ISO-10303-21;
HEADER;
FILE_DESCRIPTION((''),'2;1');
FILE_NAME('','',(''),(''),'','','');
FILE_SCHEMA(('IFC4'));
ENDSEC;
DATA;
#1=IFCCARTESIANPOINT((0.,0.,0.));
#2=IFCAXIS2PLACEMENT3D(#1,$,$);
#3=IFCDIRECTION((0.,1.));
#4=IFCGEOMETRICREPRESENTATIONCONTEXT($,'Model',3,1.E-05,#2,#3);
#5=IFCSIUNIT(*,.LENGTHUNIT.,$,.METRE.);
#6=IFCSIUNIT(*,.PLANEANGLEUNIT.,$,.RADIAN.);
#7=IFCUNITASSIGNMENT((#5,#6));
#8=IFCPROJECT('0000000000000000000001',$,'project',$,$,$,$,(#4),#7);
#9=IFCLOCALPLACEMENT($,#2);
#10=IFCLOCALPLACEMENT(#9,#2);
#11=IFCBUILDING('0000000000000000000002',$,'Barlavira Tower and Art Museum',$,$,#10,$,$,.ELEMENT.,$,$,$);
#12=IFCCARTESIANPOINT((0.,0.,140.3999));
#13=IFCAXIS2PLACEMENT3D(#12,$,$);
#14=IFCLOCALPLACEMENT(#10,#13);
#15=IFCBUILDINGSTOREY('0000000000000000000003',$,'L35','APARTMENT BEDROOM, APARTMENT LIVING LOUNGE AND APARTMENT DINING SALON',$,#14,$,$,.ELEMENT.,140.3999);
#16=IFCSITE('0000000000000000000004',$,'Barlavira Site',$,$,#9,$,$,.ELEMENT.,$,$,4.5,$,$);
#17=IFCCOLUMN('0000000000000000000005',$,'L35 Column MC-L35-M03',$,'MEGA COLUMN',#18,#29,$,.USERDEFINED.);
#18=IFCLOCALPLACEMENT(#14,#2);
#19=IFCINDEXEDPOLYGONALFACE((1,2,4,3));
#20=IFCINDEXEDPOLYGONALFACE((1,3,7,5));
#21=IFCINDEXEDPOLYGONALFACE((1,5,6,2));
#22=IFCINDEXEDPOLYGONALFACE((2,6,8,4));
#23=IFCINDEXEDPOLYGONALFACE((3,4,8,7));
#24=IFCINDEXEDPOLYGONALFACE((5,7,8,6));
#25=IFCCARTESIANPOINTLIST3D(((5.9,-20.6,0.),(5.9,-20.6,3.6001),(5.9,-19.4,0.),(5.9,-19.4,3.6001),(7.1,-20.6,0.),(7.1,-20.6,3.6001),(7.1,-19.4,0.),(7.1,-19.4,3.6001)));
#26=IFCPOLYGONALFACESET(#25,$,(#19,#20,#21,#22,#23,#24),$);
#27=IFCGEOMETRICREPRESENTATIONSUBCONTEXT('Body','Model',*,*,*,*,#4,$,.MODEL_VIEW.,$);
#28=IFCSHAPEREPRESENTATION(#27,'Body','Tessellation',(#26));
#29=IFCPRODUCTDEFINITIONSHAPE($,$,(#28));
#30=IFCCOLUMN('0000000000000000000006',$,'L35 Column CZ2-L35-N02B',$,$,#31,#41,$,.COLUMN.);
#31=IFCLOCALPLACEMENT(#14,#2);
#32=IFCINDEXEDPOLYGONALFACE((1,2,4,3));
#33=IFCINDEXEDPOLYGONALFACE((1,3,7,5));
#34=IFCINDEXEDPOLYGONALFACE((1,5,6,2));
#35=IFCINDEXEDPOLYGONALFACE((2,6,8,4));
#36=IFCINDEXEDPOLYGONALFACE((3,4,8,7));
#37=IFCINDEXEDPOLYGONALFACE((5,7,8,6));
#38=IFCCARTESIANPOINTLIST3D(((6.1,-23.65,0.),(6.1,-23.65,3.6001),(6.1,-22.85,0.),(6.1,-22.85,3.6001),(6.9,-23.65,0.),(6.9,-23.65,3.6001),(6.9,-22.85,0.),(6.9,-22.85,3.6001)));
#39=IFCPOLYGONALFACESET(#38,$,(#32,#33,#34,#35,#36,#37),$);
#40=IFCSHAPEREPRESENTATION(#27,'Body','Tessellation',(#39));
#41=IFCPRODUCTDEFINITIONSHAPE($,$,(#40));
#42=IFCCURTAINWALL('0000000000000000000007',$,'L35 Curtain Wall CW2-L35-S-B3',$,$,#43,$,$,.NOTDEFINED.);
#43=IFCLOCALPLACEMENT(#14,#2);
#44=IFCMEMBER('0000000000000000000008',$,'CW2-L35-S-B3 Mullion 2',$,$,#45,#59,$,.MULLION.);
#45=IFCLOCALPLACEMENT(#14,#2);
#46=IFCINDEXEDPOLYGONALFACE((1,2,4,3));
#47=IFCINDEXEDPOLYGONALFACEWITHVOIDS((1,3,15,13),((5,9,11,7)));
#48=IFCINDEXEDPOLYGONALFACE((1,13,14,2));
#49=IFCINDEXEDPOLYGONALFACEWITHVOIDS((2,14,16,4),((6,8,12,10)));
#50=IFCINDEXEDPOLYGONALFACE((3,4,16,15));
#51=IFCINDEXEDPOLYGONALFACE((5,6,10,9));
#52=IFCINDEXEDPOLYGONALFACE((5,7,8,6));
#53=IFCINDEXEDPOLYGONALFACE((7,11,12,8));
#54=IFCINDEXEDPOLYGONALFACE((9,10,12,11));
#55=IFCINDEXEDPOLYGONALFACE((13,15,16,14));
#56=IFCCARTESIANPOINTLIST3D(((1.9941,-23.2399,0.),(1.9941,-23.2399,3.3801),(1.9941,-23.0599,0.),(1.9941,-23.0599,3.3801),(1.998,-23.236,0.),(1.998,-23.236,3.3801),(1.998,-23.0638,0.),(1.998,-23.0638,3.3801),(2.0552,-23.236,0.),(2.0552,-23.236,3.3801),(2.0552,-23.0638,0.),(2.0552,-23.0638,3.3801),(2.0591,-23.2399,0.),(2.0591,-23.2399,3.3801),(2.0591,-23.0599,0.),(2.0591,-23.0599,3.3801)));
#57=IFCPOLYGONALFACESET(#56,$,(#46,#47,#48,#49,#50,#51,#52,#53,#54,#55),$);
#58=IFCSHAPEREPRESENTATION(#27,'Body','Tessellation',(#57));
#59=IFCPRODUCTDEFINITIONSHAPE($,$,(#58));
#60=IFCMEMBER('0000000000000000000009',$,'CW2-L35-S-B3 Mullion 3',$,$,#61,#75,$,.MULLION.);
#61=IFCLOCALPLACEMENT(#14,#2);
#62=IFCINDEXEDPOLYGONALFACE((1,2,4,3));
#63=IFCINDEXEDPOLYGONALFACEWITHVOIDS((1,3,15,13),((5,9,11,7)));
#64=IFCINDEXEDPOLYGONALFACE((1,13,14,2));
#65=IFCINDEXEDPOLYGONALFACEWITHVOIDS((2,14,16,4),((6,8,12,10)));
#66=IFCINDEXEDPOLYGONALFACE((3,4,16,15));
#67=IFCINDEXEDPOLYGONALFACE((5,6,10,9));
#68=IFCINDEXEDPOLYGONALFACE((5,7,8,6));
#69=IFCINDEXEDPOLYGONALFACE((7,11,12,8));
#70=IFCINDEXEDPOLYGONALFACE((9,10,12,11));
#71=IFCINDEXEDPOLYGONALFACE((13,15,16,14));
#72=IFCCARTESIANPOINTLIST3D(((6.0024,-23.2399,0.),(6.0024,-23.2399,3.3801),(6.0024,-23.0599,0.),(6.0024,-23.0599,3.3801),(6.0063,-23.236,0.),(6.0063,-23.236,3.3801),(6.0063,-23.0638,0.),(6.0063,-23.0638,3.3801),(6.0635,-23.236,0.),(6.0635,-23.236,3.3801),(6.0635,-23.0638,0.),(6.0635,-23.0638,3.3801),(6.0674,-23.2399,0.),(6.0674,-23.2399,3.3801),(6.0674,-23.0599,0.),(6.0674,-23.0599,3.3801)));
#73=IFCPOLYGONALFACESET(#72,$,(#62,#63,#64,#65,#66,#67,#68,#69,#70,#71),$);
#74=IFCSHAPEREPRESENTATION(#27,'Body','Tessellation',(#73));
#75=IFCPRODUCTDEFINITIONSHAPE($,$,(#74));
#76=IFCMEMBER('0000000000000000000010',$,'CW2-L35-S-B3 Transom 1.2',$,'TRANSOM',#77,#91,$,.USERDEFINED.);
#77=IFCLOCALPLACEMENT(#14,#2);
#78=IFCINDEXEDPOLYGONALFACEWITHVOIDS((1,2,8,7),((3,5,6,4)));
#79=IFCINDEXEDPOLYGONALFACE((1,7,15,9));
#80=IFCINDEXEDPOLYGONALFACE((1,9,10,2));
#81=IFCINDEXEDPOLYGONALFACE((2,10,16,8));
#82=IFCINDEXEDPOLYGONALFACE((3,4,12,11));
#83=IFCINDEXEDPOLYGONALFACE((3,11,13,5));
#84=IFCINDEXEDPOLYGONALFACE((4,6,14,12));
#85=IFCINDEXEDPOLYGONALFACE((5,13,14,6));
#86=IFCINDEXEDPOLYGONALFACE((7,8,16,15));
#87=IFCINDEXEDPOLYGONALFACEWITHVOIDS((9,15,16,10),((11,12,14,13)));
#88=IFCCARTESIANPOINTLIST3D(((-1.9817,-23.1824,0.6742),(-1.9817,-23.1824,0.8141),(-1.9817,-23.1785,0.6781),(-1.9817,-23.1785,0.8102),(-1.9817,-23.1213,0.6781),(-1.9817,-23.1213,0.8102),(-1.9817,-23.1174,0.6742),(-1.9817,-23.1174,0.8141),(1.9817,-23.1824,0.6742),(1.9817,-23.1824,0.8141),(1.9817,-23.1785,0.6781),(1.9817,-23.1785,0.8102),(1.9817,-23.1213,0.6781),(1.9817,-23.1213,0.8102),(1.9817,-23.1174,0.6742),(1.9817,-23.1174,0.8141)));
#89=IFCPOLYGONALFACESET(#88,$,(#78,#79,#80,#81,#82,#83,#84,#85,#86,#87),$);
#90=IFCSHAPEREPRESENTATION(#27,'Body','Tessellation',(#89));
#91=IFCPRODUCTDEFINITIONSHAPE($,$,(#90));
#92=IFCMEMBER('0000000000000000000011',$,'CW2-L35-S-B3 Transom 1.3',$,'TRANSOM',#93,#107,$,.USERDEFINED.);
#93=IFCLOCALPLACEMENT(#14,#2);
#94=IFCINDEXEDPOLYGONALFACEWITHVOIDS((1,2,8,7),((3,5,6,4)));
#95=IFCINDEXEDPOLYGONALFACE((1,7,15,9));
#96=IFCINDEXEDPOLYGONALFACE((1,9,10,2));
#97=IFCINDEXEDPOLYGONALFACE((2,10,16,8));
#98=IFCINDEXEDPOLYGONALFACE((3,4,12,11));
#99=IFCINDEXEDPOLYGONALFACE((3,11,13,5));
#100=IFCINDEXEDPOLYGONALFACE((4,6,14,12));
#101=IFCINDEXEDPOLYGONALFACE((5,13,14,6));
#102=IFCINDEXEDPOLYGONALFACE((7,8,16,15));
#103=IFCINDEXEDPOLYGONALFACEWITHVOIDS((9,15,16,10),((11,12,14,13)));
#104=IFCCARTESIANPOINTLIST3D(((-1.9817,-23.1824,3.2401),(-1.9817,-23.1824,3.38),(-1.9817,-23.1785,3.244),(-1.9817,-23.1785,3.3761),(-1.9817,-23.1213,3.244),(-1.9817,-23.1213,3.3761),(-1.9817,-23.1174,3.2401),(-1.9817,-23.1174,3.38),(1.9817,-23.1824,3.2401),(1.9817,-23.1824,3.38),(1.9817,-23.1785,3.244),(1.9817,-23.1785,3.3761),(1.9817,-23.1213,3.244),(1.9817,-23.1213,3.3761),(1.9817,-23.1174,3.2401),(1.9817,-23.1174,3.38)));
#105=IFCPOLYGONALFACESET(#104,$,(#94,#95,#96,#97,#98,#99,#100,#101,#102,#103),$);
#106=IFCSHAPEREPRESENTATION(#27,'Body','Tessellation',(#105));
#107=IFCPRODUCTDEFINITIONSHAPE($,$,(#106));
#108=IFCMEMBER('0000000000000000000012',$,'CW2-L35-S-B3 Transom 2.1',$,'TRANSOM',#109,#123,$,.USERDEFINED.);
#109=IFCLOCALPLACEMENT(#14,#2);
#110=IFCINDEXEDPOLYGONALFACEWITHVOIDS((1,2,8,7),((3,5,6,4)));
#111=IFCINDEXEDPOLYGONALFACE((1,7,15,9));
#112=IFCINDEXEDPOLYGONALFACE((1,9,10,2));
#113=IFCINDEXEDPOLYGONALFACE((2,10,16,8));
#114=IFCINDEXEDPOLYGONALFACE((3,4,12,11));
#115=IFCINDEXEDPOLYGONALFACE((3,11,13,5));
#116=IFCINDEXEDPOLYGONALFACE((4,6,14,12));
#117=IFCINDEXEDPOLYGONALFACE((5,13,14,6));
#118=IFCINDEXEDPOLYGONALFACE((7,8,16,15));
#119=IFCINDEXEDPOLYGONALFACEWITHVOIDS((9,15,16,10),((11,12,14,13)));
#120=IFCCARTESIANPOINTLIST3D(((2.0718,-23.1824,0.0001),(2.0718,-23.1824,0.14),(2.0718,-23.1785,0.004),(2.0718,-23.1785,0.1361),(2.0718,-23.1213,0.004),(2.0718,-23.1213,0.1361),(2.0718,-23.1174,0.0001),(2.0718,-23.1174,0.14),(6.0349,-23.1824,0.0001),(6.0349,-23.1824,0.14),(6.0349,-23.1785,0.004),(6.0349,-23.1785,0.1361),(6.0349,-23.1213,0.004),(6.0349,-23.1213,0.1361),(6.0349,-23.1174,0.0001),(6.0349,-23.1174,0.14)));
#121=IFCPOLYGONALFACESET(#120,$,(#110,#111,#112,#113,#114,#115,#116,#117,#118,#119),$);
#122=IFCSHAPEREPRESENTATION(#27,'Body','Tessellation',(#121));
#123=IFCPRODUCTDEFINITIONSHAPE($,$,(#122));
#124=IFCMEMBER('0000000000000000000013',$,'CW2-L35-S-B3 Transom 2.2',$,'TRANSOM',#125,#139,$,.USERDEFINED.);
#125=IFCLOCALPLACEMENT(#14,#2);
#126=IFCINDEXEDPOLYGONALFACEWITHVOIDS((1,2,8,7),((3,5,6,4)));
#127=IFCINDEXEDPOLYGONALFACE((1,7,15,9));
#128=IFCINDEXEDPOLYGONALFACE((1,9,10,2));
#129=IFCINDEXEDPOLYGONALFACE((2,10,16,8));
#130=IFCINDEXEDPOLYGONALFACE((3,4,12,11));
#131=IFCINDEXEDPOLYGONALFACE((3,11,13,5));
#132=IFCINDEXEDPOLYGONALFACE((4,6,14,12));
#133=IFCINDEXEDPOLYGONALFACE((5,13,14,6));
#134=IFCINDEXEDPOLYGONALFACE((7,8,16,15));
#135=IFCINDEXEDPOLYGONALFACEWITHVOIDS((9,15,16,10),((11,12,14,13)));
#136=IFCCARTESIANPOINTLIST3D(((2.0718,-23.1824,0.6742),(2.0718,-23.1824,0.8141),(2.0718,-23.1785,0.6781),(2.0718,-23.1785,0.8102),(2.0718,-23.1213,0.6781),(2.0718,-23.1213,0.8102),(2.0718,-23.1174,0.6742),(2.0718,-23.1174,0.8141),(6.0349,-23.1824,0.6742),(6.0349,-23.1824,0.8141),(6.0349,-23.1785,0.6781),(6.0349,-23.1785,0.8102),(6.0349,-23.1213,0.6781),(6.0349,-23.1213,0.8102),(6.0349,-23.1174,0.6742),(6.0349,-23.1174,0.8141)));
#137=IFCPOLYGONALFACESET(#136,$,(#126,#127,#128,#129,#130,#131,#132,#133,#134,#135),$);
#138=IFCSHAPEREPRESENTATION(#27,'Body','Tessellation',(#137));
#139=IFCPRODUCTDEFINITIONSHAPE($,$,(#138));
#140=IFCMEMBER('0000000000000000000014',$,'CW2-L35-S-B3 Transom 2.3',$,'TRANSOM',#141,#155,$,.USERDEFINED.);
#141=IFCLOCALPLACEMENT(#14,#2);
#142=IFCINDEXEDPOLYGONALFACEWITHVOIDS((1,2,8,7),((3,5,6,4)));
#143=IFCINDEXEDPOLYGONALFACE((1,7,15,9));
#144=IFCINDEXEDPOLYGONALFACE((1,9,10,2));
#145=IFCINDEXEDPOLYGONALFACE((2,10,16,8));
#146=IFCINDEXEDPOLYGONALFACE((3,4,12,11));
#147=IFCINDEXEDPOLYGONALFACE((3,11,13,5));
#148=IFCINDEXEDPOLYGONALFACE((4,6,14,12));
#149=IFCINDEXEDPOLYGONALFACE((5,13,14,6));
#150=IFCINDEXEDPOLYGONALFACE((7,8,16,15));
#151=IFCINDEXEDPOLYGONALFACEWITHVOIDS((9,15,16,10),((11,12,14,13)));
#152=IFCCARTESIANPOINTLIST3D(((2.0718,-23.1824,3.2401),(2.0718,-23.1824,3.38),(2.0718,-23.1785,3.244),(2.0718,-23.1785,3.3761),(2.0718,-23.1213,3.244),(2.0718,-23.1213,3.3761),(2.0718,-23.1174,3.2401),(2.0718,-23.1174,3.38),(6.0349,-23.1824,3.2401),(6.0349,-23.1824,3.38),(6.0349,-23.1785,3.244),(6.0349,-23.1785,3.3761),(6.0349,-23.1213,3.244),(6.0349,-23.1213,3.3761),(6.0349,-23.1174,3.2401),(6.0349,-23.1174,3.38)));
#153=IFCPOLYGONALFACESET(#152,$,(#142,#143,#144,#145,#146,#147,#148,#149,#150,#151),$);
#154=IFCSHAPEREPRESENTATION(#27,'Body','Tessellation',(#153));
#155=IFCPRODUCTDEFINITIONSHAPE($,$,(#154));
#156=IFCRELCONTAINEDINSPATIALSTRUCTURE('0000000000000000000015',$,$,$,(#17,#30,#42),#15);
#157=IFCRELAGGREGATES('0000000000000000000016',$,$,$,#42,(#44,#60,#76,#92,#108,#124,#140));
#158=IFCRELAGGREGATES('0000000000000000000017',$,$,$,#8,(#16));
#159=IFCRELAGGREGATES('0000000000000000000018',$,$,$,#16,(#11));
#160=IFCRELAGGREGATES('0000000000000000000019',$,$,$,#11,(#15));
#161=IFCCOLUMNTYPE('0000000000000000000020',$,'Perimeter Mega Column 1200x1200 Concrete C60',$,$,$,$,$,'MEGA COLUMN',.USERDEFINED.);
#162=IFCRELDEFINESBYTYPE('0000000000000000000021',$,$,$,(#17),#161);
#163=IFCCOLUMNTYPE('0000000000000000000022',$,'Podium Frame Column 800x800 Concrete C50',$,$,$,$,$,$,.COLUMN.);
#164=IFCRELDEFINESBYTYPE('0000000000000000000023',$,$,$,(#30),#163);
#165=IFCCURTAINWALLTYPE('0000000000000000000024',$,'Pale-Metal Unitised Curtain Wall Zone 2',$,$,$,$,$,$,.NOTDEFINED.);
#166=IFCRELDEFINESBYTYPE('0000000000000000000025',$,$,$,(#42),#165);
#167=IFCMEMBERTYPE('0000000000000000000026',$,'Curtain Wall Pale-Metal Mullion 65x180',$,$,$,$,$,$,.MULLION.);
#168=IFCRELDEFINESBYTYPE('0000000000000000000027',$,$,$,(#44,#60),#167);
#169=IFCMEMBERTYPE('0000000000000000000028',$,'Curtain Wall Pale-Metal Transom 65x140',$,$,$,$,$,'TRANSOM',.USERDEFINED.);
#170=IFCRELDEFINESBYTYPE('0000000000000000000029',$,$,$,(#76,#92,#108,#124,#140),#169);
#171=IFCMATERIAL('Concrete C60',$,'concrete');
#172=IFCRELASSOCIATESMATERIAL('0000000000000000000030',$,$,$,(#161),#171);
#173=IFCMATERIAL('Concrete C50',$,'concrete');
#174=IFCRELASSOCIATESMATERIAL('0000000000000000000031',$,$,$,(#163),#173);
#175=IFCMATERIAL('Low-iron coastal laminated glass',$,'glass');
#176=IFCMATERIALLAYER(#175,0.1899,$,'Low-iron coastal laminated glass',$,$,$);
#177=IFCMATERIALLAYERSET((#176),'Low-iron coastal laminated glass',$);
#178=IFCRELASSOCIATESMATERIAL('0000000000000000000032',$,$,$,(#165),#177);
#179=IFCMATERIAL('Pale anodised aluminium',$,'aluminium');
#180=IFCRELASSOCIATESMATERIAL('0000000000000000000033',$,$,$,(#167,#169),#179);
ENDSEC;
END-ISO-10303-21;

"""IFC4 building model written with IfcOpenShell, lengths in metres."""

from ifc_helpers import new_model, si_unit, direction, frame, origin, origin_2d, place, context, subcontext, project, spatial, rectangle, hollow_rectangle, extrude, material, layer, layer_set, material_profile, profile_set, type_object, element, aggregate, save


model = new_model("IFC4")

# Units and contexts
model_context = context("Model", 3, precision=1e-05, world=origin(), true_north=direction((0.0, 1.0)))
body_context = subcontext(model_context, "Body", "Model", "MODEL_VIEW")
ifc_project = project(units=[si_unit("LENGTHUNIT", "METRE"), si_unit("PLANEANGLEUNIT", "RADIAN")], contexts=[model_context])

# Site, building, storey
site_placement = place(None, origin())
site = spatial("IfcSite", under=ifc_project, at=site_placement, Name="Barlavira Site", CompositionType="ELEMENT", RefElevation=4.5)
building_placement = place(site_placement, origin())
building = spatial("IfcBuilding", under=site, at=building_placement, Name="Barlavira Tower and Art Museum", CompositionType="ELEMENT")
storey_placement = place(building_placement, frame((0.0, 0.0, 140.3999)))
storey = spatial("IfcBuildingStorey", under=building, at=storey_placement, Name="L35", Description="APARTMENT BEDROOM, APARTMENT LIVING LOUNGE AND APARTMENT DINING SALON", CompositionType="ELEMENT", Elevation=140.3999)

# Columns
ifc_material_1 = material(Name="Concrete C60", Category="concrete")
ifc_material_profile_1 = material_profile(ifc_material_1, rectangle(XDim=1.2, YDim=1.2, at=origin_2d()), Name="RC-COL 1200x1200")
ifc_profile_set_1 = profile_set([ifc_material_profile_1], Name="Concrete C60")
column_type_1 = type_object("IfcColumnType", Name="Perimeter Mega Column 1200x1200 Concrete C60", ElementType="MEGA COLUMN", PredefinedType="USERDEFINED", material=ifc_profile_set_1)
column_1_placement = place(storey_placement, frame((6.5, -20.0, 0.0), z_axis=(0.0, 0.0, 1.0), x_axis=(1.0, 0.0, 0.0)))
element("IfcColumn", 1, at=column_1_placement, inside=storey, type_object=column_type_1, Name="L35 Column MC-L35-M03", ObjectType="MEGA COLUMN", PredefinedType="USERDEFINED", context=body_context, shape_type="SweptSolid", body=[
    extrude(rectangle(XDim=1.2, YDim=1.2, at=origin_2d()), origin(), (0.0, 0.0, 1.0), 3.6001),
])
ifc_material_2 = material(Name="Concrete C50", Category="concrete")
ifc_material_profile_2 = material_profile(ifc_material_2, rectangle(XDim=0.8, YDim=0.8, at=origin_2d()), Name="RC-COL 800x800")
ifc_profile_set_2 = profile_set([ifc_material_profile_2], Name="Concrete C50")
column_type_2 = type_object("IfcColumnType", Name="Podium Frame Column 800x800 Concrete C50", PredefinedType="COLUMN", material=ifc_profile_set_2)
column_2_placement = place(storey_placement, frame((6.5, -23.25, 0.0), z_axis=(0.0, 0.0, 1.0), x_axis=(1.0, 0.0, 0.0)))
element("IfcColumn", 2, at=column_2_placement, inside=storey, type_object=column_type_2, Name="L35 Column CZ2-L35-N02B", PredefinedType="COLUMN", context=body_context, shape_type="SweptSolid", body=[
    extrude(rectangle(XDim=0.8, YDim=0.8, at=origin_2d()), origin(), (0.0, 0.0, 1.0), 3.6001),
])

# Curtain wall, members
ifc_material_3 = material(Name="Low-iron coastal laminated glass", Category="glass")
ifc_layer_1 = layer(ifc_material_3, 0.1899, Name="Low-iron coastal laminated glass")
ifc_layer_set_1 = layer_set([ifc_layer_1], Name="Low-iron coastal laminated glass")
curtain_wall_type = type_object("IfcCurtainWallType", Name="Pale-Metal Unitised Curtain Wall Zone 2", PredefinedType="NOTDEFINED", material=ifc_layer_set_1)
curtain_wall_placement = place(storey_placement, origin())
curtain_wall = element("IfcCurtainWall", 3, at=curtain_wall_placement, inside=storey, type_object=curtain_wall_type, Name="L35 Curtain Wall CW2-L35-S-B3", PredefinedType="NOTDEFINED")
ifc_material_4 = material(Name="Pale anodised aluminium", Category="aluminium")
ifc_material_profile_3 = material_profile(ifc_material_4, hollow_rectangle(XDim=0.0649, YDim=0.1799, WallThickness=0.0039, at=origin_2d()), Name="ALU-MULL 65x180x4")
ifc_profile_set_3 = profile_set([ifc_material_profile_3], Name="Pale anodised aluminium")
member_type_1 = type_object("IfcMemberType", Name="Curtain Wall Pale-Metal Mullion 65x180", PredefinedType="MULLION", material=ifc_profile_set_3)
member_1_placement = place(storey_placement, frame((2.0266, -23.1499, 0.0), z_axis=(0.0, 0.0, 1.0), x_axis=(1.0, 0.0, 0.0)))
member_1 = element("IfcMember", 4, at=member_1_placement, type_object=member_type_1, Name="CW2-L35-S-B3 Mullion 2", PredefinedType="MULLION", context=body_context, shape_type="SweptSolid", body=[
    extrude(hollow_rectangle(XDim=0.0649, YDim=0.1799, WallThickness=0.0039, at=origin_2d()), origin(), (0.0, 0.0, 1.0), 3.3801),
])
member_2_placement = place(storey_placement, frame((6.0349, -23.1499, 0.0), z_axis=(0.0, 0.0, 1.0), x_axis=(1.0, 0.0, 0.0)))
member_2 = element("IfcMember", 5, at=member_2_placement, type_object=member_type_1, Name="CW2-L35-S-B3 Mullion 3", PredefinedType="MULLION", context=body_context, shape_type="SweptSolid", body=[
    extrude(hollow_rectangle(XDim=0.0649, YDim=0.1799, WallThickness=0.0039, at=origin_2d()), origin(), (0.0, 0.0, 1.0), 3.3801),
])
ifc_material_profile_4 = material_profile(ifc_material_4, hollow_rectangle(XDim=0.0649, YDim=0.1399, WallThickness=0.0039, at=origin_2d()), Name="ALU-TRAN 65x140x4")
ifc_profile_set_4 = profile_set([ifc_material_profile_4], Name="Pale anodised aluminium")
member_type_2 = type_object("IfcMemberType", Name="Curtain Wall Pale-Metal Transom 65x140", ElementType="TRANSOM", PredefinedType="USERDEFINED", material=ifc_profile_set_4)
member_3_placement = place(storey_placement, frame((-1.9817, -23.1499, 0.7441), z_axis=(1.0, 0.0, 0.0), x_axis=(0.0, 1.0, 0.0)))
member_3 = element("IfcMember", 6, at=member_3_placement, type_object=member_type_2, Name="CW2-L35-S-B3 Transom 1.2", ObjectType="TRANSOM", PredefinedType="USERDEFINED", context=body_context, shape_type="SweptSolid", body=[
    extrude(hollow_rectangle(XDim=0.0649, YDim=0.1399, WallThickness=0.0039, at=origin_2d()), origin(), (0.0, 0.0, 1.0), 3.9634),
])
member_4_placement = place(storey_placement, frame((-1.9817, -23.1499, 3.3101), z_axis=(1.0, 0.0, 0.0), x_axis=(0.0, 1.0, 0.0)))
member_4 = element("IfcMember", 7, at=member_4_placement, type_object=member_type_2, Name="CW2-L35-S-B3 Transom 1.3", ObjectType="TRANSOM", PredefinedType="USERDEFINED", context=body_context, shape_type="SweptSolid", body=[
    extrude(hollow_rectangle(XDim=0.0649, YDim=0.1399, WallThickness=0.0039, at=origin_2d()), origin(), (0.0, 0.0, 1.0), 3.9634),
])
member_5_placement = place(storey_placement, frame((2.0718, -23.1499, 0.0701), z_axis=(1.0, 0.0, 0.0), x_axis=(0.0, 1.0, 0.0)))
member_5 = element("IfcMember", 8, at=member_5_placement, type_object=member_type_2, Name="CW2-L35-S-B3 Transom 2.1", ObjectType="TRANSOM", PredefinedType="USERDEFINED", context=body_context, shape_type="SweptSolid", body=[
    extrude(hollow_rectangle(XDim=0.0649, YDim=0.1399, WallThickness=0.0039, at=origin_2d()), origin(), (0.0, 0.0, 1.0), 3.9631),
])
member_6_placement = place(storey_placement, frame((2.0718, -23.1499, 0.7441), z_axis=(1.0, 0.0, 0.0), x_axis=(0.0, 1.0, 0.0)))
member_6 = element("IfcMember", 9, at=member_6_placement, type_object=member_type_2, Name="CW2-L35-S-B3 Transom 2.2", ObjectType="TRANSOM", PredefinedType="USERDEFINED", context=body_context, shape_type="SweptSolid", body=[
    extrude(hollow_rectangle(XDim=0.0649, YDim=0.1399, WallThickness=0.0039, at=origin_2d()), origin(), (0.0, 0.0, 1.0), 3.9631),
])
member_7_placement = place(storey_placement, frame((2.0718, -23.1499, 3.3101), z_axis=(1.0, 0.0, 0.0), x_axis=(0.0, 1.0, 0.0)))
member_7 = element("IfcMember", 10, at=member_7_placement, type_object=member_type_2, Name="CW2-L35-S-B3 Transom 2.3", ObjectType="TRANSOM", PredefinedType="USERDEFINED", context=body_context, shape_type="SweptSolid", body=[
    extrude(hollow_rectangle(XDim=0.0649, YDim=0.1399, WallThickness=0.0039, at=origin_2d()), origin(), (0.0, 0.0, 1.0), 3.9631),
])

aggregate(curtain_wall, [member_1, member_2, member_3, member_4, member_5, member_6, member_7])

save(model, "model.ifc")
